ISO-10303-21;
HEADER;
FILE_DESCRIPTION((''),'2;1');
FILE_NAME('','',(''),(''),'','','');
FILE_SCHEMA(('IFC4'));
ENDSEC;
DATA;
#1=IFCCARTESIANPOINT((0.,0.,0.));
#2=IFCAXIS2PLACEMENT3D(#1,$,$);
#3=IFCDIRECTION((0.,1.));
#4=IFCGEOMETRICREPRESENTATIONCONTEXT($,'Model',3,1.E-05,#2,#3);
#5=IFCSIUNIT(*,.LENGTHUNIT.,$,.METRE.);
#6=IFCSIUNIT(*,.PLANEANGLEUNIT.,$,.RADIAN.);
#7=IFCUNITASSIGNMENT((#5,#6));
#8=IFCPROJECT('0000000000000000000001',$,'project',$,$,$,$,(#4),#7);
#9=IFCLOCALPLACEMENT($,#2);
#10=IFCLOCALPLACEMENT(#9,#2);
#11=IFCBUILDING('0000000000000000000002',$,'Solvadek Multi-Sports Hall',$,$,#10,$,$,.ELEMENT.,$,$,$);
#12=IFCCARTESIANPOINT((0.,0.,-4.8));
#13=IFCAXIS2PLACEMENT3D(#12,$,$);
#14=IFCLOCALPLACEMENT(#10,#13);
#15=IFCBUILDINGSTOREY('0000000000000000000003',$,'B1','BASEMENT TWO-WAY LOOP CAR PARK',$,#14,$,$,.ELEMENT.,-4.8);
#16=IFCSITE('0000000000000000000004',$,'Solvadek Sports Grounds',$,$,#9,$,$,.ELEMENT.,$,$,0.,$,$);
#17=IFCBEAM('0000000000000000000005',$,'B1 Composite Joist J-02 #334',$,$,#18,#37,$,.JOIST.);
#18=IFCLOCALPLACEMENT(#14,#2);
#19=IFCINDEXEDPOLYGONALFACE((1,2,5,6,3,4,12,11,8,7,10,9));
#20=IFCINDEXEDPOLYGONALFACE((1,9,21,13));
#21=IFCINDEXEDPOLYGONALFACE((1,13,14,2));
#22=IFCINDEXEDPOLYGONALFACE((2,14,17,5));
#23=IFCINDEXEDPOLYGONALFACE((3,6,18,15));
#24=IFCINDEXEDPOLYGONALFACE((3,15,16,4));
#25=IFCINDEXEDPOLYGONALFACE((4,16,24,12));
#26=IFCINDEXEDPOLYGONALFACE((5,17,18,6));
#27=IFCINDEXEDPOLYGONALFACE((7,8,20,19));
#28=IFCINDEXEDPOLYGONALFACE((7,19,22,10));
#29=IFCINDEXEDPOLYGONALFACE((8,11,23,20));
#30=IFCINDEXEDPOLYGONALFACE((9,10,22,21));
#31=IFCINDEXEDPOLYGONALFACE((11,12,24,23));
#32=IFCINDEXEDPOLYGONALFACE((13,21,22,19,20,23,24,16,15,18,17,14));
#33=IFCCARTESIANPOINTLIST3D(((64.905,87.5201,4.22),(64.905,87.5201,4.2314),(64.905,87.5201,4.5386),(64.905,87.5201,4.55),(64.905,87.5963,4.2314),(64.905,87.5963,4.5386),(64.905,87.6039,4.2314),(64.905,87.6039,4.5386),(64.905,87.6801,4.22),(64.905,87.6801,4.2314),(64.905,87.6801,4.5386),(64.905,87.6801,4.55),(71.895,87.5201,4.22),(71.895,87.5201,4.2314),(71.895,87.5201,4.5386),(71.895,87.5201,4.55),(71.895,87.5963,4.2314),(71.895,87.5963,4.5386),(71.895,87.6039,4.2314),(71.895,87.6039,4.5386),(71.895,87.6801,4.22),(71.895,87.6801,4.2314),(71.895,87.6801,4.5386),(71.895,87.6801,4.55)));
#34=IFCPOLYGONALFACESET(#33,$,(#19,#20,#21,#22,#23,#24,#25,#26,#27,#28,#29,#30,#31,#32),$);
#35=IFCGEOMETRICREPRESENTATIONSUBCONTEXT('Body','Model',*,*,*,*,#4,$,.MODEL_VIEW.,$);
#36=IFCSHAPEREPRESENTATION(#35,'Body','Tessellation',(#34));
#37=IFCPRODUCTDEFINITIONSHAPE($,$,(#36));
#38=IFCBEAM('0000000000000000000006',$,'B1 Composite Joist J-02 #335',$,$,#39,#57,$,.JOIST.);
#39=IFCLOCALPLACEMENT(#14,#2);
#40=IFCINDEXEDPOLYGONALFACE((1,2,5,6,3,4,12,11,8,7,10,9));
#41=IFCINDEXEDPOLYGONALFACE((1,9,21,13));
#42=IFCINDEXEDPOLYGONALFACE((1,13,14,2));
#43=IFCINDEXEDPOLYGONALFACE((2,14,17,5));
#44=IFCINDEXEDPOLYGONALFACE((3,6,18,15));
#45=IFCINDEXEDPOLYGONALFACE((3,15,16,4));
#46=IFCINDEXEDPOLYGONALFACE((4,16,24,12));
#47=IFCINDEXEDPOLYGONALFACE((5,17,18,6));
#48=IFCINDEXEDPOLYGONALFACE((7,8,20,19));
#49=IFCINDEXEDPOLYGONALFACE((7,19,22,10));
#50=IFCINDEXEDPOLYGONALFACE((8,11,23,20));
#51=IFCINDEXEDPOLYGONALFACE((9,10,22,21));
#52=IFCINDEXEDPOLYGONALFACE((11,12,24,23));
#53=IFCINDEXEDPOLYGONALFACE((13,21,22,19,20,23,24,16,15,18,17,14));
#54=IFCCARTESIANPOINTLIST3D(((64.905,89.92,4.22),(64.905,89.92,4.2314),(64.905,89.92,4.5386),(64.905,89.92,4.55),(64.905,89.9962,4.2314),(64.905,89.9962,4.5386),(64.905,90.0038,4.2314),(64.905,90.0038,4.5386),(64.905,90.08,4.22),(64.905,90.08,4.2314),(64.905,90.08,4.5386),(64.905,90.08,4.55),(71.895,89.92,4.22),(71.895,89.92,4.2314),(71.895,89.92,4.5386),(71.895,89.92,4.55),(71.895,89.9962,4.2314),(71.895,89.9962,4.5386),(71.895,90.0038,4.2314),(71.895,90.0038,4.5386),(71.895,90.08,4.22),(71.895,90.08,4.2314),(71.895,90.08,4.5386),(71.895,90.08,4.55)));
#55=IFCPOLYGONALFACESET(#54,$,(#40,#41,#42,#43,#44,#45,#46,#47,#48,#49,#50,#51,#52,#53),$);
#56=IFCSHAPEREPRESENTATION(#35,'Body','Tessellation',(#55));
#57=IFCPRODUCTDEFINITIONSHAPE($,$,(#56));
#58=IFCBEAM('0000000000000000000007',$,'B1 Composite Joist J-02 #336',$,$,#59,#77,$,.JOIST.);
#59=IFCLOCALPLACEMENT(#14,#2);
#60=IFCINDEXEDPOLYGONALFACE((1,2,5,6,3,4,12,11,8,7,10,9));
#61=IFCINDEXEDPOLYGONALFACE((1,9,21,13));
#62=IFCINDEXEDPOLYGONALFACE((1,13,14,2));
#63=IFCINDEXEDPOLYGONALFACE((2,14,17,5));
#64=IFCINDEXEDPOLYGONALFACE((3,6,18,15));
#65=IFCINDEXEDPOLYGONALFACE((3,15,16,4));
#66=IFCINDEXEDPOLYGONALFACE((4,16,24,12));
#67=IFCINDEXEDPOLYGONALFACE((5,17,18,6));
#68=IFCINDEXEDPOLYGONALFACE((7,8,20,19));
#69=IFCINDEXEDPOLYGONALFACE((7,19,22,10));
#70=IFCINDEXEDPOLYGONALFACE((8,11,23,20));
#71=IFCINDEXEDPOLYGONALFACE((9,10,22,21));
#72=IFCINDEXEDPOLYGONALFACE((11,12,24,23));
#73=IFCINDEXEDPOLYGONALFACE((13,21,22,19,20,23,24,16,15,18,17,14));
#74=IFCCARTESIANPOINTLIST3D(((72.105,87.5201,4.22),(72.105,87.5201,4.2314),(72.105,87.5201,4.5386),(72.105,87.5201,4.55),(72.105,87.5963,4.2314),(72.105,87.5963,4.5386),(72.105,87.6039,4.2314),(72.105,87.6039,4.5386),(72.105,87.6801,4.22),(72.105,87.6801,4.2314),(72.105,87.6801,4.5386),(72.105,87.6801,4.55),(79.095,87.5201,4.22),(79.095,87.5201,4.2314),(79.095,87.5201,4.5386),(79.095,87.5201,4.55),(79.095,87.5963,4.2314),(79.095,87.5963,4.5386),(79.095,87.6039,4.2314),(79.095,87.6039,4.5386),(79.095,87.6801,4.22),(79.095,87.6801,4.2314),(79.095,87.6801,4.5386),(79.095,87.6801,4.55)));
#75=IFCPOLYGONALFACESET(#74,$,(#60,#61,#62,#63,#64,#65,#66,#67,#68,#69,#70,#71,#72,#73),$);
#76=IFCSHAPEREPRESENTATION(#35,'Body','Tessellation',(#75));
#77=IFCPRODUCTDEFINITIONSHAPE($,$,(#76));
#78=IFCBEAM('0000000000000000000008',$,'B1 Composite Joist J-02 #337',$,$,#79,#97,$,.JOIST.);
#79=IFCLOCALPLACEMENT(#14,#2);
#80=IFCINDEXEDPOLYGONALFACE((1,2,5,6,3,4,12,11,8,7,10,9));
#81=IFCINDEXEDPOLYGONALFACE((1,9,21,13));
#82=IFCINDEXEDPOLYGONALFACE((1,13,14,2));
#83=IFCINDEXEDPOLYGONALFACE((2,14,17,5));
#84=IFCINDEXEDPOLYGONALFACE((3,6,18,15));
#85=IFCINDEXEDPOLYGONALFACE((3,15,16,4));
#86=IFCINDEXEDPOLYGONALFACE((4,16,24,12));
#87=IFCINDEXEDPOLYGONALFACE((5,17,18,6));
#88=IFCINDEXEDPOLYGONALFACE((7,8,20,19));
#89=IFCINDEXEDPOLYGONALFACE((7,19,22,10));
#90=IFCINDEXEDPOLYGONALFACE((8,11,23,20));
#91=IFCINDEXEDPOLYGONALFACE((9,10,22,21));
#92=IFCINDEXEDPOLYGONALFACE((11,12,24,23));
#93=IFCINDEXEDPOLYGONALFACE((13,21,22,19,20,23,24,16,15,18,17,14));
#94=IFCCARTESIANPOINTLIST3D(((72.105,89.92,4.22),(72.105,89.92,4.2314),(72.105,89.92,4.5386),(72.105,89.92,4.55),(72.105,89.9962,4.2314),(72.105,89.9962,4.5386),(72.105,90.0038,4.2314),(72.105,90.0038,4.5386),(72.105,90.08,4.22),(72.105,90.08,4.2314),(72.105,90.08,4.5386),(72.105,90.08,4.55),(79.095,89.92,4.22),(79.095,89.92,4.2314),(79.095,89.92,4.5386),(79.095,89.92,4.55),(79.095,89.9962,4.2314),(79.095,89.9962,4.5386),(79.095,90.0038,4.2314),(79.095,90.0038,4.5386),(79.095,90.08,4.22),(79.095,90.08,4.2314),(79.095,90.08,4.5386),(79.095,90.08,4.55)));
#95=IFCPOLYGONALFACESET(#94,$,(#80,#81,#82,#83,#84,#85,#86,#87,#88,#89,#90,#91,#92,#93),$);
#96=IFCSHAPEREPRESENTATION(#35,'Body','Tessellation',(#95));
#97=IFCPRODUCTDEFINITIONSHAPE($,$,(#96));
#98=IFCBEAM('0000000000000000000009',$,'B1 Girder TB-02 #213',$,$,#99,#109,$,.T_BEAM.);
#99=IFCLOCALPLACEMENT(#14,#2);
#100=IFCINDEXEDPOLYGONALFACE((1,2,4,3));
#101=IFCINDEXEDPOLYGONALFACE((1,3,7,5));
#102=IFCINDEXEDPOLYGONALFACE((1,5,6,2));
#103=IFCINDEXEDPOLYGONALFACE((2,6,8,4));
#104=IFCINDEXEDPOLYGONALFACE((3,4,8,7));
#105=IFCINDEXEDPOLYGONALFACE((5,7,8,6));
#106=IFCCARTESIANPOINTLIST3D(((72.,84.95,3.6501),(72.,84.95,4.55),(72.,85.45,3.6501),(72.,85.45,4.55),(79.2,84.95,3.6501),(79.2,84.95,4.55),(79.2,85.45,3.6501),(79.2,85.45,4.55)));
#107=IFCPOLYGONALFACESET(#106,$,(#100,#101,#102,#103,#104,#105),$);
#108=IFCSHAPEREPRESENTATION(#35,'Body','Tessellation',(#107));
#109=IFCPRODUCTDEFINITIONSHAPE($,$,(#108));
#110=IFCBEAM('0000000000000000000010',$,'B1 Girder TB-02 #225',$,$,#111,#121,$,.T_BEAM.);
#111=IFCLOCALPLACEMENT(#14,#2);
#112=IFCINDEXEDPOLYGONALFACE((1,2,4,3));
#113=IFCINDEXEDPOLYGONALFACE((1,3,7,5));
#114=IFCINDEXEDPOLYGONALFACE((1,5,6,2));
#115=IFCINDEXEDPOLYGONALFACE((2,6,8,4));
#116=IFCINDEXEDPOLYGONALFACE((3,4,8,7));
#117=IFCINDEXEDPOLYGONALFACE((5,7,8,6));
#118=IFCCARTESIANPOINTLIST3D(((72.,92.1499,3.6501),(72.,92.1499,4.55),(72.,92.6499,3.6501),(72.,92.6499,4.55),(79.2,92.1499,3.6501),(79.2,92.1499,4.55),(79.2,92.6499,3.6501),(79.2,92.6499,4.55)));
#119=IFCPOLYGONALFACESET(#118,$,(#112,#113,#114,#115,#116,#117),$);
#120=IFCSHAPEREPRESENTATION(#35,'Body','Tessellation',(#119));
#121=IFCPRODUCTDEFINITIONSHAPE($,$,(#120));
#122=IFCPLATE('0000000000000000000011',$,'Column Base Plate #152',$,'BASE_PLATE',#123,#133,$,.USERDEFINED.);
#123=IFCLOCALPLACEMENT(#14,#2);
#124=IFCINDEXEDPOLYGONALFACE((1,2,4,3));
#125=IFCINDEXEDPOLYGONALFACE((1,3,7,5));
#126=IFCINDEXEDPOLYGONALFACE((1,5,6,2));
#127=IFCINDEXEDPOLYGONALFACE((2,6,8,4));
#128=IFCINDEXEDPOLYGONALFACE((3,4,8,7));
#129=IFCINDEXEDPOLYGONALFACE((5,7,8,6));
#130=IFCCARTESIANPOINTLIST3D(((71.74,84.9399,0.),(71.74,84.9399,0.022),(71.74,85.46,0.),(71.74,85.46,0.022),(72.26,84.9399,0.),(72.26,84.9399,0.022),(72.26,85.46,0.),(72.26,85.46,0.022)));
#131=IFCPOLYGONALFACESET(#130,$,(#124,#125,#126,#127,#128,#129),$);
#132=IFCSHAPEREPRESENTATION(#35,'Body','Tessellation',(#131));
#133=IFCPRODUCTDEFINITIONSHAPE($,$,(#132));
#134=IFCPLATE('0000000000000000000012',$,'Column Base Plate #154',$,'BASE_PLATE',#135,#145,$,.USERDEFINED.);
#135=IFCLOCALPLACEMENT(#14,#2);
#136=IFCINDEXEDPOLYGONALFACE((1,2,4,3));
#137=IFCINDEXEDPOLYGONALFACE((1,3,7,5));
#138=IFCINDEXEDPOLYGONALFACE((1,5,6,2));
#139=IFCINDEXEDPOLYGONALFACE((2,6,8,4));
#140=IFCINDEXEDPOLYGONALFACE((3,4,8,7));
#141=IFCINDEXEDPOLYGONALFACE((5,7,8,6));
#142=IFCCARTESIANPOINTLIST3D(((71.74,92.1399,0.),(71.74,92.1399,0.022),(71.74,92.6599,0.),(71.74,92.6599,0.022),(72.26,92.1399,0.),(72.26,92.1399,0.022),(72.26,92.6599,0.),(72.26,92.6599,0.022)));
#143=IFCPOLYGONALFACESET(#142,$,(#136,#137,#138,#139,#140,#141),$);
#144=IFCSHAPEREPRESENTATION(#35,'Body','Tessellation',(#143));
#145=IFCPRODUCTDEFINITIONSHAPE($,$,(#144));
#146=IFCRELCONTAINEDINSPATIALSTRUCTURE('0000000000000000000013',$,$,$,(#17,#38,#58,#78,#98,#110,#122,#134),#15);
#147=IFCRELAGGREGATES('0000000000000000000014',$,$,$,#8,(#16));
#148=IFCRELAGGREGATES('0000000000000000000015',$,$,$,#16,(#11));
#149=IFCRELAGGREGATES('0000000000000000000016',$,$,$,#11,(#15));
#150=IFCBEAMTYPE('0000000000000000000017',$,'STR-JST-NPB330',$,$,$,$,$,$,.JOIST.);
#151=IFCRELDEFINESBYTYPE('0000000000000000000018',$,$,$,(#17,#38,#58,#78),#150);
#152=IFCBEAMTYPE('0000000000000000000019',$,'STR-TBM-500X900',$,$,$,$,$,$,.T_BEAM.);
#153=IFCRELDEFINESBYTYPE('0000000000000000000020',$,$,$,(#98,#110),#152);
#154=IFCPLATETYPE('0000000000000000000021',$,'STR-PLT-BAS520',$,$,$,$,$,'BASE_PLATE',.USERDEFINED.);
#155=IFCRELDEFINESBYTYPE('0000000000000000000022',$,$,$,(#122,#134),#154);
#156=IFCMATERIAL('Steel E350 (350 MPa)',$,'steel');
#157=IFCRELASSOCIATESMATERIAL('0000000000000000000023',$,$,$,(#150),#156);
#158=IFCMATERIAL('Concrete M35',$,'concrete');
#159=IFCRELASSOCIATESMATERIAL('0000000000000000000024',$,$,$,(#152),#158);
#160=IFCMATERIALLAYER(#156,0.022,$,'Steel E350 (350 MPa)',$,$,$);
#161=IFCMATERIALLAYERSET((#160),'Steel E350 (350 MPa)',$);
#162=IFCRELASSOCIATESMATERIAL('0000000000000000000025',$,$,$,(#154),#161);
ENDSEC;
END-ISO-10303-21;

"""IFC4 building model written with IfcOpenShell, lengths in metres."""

from ifc_helpers import new_model, si_unit, direction, frame, origin, origin_2d, place, context, subcontext, project, spatial, rectangle, i_section, extrude, material, layer, layer_set, material_profile, profile_set, type_object, element, save


model = new_model("IFC4")

# Units and contexts
model_context = context("Model", 3, precision=1e-05, world=origin(), true_north=direction((0.0, 1.0)))
body_context = subcontext(model_context, "Body", "Model", "MODEL_VIEW")
ifc_project = project(units=[si_unit("LENGTHUNIT", "METRE"), si_unit("PLANEANGLEUNIT", "RADIAN")], contexts=[model_context])

# Site, building, storey
site_placement = place(None, origin())
site = spatial("IfcSite", under=ifc_project, at=site_placement, Name="Solvadek Sports Grounds", CompositionType="ELEMENT", RefElevation=0.0)
building_placement = place(site_placement, origin())
building = spatial("IfcBuilding", under=site, at=building_placement, Name="Solvadek Multi-Sports Hall", CompositionType="ELEMENT")
storey_placement = place(building_placement, frame((0.0, 0.0, -4.8)))
storey = spatial("IfcBuildingStorey", under=building, at=storey_placement, Name="B1", Description="BASEMENT TWO-WAY LOOP CAR PARK", CompositionType="ELEMENT", Elevation=-4.8)

# Shared definitions
ifc_material_1 = material(Name="Concrete M35", Category="concrete")

# Shared definitions
ifc_material_2 = material(Name="Steel E350 (350 MPa)", Category="steel")

# Beams
ifc_material_profile_1 = material_profile(ifc_material_2, i_section(OverallWidth=0.1599, OverallDepth=0.3301, WebThickness=0.0076, FlangeThickness=0.0115, at=origin_2d()), Name="NPB 330")
ifc_profile_set_1 = profile_set([ifc_material_profile_1], Name="Steel E350 (350 MPa)")
beam_type_1 = type_object("IfcBeamType", Name="STR-JST-NPB330", PredefinedType="JOIST", material=ifc_profile_set_1)
for number, where, z_axis, x_axis, name in (
    (1, (64.905, 87.6001, 4.385), (1.0, 0.0, 0.0), (0.0, 1.0, 0.0), "B1 Composite Joist J-02 #334"),
    (2, (64.905, 90.0, 4.385), (1.0, 0.0, 0.0), (0.0, 1.0, 0.0), "B1 Composite Joist J-02 #335"),
    (3, (72.105, 87.6001, 4.385), (1.0, 0.0, 0.0), (0.0, 1.0, 0.0), "B1 Composite Joist J-02 #336"),
    (4, (72.105, 90.0, 4.385), (1.0, 0.0, 0.0), (0.0, 1.0, 0.0), "B1 Composite Joist J-02 #337"),
):
    element("IfcBeam", number, at=place(storey_placement, frame(where, z_axis=z_axis, x_axis=x_axis)), inside=storey, type_object=beam_type_1, Name=name, PredefinedType="JOIST", context=body_context, shape_type="SweptSolid", body=[
        extrude(i_section(OverallWidth=0.1599, OverallDepth=0.3301, WebThickness=0.0076, FlangeThickness=0.0115, at=origin_2d()), origin(), (0.0, 0.0, 1.0), 6.99),
    ])
ifc_material_profile_2 = material_profile(ifc_material_1, rectangle(XDim=0.5, YDim=0.8999, at=origin_2d()), Name="RC T-BEAM 500x900")
ifc_profile_set_2 = profile_set([ifc_material_profile_2], Name="Concrete M35")
beam_type_2 = type_object("IfcBeamType", Name="STR-TBM-500X900", PredefinedType="T_BEAM", material=ifc_profile_set_2)
for number, where, z_axis, x_axis, name in (
    (5, (72.0, 85.2, 4.1001), (1.0, 0.0, 0.0), (0.0, 1.0, 0.0), "B1 Girder TB-02 #213"),
    (6, (72.0, 92.3999, 4.1001), (1.0, 0.0, 0.0), (0.0, 1.0, 0.0), "B1 Girder TB-02 #225"),
):
    element("IfcBeam", number, at=place(storey_placement, frame(where, z_axis=z_axis, x_axis=x_axis)), inside=storey, type_object=beam_type_2, Name=name, PredefinedType="T_BEAM", context=body_context, shape_type="SweptSolid", body=[
        extrude(rectangle(XDim=0.5, YDim=0.8999, at=origin_2d()), origin(), (0.0, 0.0, 1.0), 7.2),
    ])

# Plates
ifc_layer = layer(ifc_material_2, 0.022, Name="Steel E350 (350 MPa)")
ifc_layer_set = layer_set([ifc_layer], Name="Steel E350 (350 MPa)")
plate_type = type_object("IfcPlateType", Name="STR-PLT-BAS520", ElementType="BASE_PLATE", PredefinedType="USERDEFINED", material=ifc_layer_set)
for number, where, z_axis, x_axis, name in (
    (7, (72.0, 85.2, 0.0), (0.0, 0.0, 1.0), (1.0, 0.0, 0.0), "Column Base Plate #152"),
    (8, (72.0, 92.3999, 0.0), (0.0, 0.0, 1.0), (1.0, 0.0, 0.0), "Column Base Plate #154"),
):
    element("IfcPlate", number, at=place(storey_placement, frame(where, z_axis=z_axis, x_axis=x_axis)), inside=storey, type_object=plate_type, Name=name, ObjectType="BASE_PLATE", PredefinedType="USERDEFINED", context=body_context, shape_type="SweptSolid", body=[
        extrude(rectangle(XDim=0.52, YDim=0.52, at=origin_2d()), origin(), (0.0, 0.0, 1.0), 0.022),
    ])

save(model, "model.ifc")
